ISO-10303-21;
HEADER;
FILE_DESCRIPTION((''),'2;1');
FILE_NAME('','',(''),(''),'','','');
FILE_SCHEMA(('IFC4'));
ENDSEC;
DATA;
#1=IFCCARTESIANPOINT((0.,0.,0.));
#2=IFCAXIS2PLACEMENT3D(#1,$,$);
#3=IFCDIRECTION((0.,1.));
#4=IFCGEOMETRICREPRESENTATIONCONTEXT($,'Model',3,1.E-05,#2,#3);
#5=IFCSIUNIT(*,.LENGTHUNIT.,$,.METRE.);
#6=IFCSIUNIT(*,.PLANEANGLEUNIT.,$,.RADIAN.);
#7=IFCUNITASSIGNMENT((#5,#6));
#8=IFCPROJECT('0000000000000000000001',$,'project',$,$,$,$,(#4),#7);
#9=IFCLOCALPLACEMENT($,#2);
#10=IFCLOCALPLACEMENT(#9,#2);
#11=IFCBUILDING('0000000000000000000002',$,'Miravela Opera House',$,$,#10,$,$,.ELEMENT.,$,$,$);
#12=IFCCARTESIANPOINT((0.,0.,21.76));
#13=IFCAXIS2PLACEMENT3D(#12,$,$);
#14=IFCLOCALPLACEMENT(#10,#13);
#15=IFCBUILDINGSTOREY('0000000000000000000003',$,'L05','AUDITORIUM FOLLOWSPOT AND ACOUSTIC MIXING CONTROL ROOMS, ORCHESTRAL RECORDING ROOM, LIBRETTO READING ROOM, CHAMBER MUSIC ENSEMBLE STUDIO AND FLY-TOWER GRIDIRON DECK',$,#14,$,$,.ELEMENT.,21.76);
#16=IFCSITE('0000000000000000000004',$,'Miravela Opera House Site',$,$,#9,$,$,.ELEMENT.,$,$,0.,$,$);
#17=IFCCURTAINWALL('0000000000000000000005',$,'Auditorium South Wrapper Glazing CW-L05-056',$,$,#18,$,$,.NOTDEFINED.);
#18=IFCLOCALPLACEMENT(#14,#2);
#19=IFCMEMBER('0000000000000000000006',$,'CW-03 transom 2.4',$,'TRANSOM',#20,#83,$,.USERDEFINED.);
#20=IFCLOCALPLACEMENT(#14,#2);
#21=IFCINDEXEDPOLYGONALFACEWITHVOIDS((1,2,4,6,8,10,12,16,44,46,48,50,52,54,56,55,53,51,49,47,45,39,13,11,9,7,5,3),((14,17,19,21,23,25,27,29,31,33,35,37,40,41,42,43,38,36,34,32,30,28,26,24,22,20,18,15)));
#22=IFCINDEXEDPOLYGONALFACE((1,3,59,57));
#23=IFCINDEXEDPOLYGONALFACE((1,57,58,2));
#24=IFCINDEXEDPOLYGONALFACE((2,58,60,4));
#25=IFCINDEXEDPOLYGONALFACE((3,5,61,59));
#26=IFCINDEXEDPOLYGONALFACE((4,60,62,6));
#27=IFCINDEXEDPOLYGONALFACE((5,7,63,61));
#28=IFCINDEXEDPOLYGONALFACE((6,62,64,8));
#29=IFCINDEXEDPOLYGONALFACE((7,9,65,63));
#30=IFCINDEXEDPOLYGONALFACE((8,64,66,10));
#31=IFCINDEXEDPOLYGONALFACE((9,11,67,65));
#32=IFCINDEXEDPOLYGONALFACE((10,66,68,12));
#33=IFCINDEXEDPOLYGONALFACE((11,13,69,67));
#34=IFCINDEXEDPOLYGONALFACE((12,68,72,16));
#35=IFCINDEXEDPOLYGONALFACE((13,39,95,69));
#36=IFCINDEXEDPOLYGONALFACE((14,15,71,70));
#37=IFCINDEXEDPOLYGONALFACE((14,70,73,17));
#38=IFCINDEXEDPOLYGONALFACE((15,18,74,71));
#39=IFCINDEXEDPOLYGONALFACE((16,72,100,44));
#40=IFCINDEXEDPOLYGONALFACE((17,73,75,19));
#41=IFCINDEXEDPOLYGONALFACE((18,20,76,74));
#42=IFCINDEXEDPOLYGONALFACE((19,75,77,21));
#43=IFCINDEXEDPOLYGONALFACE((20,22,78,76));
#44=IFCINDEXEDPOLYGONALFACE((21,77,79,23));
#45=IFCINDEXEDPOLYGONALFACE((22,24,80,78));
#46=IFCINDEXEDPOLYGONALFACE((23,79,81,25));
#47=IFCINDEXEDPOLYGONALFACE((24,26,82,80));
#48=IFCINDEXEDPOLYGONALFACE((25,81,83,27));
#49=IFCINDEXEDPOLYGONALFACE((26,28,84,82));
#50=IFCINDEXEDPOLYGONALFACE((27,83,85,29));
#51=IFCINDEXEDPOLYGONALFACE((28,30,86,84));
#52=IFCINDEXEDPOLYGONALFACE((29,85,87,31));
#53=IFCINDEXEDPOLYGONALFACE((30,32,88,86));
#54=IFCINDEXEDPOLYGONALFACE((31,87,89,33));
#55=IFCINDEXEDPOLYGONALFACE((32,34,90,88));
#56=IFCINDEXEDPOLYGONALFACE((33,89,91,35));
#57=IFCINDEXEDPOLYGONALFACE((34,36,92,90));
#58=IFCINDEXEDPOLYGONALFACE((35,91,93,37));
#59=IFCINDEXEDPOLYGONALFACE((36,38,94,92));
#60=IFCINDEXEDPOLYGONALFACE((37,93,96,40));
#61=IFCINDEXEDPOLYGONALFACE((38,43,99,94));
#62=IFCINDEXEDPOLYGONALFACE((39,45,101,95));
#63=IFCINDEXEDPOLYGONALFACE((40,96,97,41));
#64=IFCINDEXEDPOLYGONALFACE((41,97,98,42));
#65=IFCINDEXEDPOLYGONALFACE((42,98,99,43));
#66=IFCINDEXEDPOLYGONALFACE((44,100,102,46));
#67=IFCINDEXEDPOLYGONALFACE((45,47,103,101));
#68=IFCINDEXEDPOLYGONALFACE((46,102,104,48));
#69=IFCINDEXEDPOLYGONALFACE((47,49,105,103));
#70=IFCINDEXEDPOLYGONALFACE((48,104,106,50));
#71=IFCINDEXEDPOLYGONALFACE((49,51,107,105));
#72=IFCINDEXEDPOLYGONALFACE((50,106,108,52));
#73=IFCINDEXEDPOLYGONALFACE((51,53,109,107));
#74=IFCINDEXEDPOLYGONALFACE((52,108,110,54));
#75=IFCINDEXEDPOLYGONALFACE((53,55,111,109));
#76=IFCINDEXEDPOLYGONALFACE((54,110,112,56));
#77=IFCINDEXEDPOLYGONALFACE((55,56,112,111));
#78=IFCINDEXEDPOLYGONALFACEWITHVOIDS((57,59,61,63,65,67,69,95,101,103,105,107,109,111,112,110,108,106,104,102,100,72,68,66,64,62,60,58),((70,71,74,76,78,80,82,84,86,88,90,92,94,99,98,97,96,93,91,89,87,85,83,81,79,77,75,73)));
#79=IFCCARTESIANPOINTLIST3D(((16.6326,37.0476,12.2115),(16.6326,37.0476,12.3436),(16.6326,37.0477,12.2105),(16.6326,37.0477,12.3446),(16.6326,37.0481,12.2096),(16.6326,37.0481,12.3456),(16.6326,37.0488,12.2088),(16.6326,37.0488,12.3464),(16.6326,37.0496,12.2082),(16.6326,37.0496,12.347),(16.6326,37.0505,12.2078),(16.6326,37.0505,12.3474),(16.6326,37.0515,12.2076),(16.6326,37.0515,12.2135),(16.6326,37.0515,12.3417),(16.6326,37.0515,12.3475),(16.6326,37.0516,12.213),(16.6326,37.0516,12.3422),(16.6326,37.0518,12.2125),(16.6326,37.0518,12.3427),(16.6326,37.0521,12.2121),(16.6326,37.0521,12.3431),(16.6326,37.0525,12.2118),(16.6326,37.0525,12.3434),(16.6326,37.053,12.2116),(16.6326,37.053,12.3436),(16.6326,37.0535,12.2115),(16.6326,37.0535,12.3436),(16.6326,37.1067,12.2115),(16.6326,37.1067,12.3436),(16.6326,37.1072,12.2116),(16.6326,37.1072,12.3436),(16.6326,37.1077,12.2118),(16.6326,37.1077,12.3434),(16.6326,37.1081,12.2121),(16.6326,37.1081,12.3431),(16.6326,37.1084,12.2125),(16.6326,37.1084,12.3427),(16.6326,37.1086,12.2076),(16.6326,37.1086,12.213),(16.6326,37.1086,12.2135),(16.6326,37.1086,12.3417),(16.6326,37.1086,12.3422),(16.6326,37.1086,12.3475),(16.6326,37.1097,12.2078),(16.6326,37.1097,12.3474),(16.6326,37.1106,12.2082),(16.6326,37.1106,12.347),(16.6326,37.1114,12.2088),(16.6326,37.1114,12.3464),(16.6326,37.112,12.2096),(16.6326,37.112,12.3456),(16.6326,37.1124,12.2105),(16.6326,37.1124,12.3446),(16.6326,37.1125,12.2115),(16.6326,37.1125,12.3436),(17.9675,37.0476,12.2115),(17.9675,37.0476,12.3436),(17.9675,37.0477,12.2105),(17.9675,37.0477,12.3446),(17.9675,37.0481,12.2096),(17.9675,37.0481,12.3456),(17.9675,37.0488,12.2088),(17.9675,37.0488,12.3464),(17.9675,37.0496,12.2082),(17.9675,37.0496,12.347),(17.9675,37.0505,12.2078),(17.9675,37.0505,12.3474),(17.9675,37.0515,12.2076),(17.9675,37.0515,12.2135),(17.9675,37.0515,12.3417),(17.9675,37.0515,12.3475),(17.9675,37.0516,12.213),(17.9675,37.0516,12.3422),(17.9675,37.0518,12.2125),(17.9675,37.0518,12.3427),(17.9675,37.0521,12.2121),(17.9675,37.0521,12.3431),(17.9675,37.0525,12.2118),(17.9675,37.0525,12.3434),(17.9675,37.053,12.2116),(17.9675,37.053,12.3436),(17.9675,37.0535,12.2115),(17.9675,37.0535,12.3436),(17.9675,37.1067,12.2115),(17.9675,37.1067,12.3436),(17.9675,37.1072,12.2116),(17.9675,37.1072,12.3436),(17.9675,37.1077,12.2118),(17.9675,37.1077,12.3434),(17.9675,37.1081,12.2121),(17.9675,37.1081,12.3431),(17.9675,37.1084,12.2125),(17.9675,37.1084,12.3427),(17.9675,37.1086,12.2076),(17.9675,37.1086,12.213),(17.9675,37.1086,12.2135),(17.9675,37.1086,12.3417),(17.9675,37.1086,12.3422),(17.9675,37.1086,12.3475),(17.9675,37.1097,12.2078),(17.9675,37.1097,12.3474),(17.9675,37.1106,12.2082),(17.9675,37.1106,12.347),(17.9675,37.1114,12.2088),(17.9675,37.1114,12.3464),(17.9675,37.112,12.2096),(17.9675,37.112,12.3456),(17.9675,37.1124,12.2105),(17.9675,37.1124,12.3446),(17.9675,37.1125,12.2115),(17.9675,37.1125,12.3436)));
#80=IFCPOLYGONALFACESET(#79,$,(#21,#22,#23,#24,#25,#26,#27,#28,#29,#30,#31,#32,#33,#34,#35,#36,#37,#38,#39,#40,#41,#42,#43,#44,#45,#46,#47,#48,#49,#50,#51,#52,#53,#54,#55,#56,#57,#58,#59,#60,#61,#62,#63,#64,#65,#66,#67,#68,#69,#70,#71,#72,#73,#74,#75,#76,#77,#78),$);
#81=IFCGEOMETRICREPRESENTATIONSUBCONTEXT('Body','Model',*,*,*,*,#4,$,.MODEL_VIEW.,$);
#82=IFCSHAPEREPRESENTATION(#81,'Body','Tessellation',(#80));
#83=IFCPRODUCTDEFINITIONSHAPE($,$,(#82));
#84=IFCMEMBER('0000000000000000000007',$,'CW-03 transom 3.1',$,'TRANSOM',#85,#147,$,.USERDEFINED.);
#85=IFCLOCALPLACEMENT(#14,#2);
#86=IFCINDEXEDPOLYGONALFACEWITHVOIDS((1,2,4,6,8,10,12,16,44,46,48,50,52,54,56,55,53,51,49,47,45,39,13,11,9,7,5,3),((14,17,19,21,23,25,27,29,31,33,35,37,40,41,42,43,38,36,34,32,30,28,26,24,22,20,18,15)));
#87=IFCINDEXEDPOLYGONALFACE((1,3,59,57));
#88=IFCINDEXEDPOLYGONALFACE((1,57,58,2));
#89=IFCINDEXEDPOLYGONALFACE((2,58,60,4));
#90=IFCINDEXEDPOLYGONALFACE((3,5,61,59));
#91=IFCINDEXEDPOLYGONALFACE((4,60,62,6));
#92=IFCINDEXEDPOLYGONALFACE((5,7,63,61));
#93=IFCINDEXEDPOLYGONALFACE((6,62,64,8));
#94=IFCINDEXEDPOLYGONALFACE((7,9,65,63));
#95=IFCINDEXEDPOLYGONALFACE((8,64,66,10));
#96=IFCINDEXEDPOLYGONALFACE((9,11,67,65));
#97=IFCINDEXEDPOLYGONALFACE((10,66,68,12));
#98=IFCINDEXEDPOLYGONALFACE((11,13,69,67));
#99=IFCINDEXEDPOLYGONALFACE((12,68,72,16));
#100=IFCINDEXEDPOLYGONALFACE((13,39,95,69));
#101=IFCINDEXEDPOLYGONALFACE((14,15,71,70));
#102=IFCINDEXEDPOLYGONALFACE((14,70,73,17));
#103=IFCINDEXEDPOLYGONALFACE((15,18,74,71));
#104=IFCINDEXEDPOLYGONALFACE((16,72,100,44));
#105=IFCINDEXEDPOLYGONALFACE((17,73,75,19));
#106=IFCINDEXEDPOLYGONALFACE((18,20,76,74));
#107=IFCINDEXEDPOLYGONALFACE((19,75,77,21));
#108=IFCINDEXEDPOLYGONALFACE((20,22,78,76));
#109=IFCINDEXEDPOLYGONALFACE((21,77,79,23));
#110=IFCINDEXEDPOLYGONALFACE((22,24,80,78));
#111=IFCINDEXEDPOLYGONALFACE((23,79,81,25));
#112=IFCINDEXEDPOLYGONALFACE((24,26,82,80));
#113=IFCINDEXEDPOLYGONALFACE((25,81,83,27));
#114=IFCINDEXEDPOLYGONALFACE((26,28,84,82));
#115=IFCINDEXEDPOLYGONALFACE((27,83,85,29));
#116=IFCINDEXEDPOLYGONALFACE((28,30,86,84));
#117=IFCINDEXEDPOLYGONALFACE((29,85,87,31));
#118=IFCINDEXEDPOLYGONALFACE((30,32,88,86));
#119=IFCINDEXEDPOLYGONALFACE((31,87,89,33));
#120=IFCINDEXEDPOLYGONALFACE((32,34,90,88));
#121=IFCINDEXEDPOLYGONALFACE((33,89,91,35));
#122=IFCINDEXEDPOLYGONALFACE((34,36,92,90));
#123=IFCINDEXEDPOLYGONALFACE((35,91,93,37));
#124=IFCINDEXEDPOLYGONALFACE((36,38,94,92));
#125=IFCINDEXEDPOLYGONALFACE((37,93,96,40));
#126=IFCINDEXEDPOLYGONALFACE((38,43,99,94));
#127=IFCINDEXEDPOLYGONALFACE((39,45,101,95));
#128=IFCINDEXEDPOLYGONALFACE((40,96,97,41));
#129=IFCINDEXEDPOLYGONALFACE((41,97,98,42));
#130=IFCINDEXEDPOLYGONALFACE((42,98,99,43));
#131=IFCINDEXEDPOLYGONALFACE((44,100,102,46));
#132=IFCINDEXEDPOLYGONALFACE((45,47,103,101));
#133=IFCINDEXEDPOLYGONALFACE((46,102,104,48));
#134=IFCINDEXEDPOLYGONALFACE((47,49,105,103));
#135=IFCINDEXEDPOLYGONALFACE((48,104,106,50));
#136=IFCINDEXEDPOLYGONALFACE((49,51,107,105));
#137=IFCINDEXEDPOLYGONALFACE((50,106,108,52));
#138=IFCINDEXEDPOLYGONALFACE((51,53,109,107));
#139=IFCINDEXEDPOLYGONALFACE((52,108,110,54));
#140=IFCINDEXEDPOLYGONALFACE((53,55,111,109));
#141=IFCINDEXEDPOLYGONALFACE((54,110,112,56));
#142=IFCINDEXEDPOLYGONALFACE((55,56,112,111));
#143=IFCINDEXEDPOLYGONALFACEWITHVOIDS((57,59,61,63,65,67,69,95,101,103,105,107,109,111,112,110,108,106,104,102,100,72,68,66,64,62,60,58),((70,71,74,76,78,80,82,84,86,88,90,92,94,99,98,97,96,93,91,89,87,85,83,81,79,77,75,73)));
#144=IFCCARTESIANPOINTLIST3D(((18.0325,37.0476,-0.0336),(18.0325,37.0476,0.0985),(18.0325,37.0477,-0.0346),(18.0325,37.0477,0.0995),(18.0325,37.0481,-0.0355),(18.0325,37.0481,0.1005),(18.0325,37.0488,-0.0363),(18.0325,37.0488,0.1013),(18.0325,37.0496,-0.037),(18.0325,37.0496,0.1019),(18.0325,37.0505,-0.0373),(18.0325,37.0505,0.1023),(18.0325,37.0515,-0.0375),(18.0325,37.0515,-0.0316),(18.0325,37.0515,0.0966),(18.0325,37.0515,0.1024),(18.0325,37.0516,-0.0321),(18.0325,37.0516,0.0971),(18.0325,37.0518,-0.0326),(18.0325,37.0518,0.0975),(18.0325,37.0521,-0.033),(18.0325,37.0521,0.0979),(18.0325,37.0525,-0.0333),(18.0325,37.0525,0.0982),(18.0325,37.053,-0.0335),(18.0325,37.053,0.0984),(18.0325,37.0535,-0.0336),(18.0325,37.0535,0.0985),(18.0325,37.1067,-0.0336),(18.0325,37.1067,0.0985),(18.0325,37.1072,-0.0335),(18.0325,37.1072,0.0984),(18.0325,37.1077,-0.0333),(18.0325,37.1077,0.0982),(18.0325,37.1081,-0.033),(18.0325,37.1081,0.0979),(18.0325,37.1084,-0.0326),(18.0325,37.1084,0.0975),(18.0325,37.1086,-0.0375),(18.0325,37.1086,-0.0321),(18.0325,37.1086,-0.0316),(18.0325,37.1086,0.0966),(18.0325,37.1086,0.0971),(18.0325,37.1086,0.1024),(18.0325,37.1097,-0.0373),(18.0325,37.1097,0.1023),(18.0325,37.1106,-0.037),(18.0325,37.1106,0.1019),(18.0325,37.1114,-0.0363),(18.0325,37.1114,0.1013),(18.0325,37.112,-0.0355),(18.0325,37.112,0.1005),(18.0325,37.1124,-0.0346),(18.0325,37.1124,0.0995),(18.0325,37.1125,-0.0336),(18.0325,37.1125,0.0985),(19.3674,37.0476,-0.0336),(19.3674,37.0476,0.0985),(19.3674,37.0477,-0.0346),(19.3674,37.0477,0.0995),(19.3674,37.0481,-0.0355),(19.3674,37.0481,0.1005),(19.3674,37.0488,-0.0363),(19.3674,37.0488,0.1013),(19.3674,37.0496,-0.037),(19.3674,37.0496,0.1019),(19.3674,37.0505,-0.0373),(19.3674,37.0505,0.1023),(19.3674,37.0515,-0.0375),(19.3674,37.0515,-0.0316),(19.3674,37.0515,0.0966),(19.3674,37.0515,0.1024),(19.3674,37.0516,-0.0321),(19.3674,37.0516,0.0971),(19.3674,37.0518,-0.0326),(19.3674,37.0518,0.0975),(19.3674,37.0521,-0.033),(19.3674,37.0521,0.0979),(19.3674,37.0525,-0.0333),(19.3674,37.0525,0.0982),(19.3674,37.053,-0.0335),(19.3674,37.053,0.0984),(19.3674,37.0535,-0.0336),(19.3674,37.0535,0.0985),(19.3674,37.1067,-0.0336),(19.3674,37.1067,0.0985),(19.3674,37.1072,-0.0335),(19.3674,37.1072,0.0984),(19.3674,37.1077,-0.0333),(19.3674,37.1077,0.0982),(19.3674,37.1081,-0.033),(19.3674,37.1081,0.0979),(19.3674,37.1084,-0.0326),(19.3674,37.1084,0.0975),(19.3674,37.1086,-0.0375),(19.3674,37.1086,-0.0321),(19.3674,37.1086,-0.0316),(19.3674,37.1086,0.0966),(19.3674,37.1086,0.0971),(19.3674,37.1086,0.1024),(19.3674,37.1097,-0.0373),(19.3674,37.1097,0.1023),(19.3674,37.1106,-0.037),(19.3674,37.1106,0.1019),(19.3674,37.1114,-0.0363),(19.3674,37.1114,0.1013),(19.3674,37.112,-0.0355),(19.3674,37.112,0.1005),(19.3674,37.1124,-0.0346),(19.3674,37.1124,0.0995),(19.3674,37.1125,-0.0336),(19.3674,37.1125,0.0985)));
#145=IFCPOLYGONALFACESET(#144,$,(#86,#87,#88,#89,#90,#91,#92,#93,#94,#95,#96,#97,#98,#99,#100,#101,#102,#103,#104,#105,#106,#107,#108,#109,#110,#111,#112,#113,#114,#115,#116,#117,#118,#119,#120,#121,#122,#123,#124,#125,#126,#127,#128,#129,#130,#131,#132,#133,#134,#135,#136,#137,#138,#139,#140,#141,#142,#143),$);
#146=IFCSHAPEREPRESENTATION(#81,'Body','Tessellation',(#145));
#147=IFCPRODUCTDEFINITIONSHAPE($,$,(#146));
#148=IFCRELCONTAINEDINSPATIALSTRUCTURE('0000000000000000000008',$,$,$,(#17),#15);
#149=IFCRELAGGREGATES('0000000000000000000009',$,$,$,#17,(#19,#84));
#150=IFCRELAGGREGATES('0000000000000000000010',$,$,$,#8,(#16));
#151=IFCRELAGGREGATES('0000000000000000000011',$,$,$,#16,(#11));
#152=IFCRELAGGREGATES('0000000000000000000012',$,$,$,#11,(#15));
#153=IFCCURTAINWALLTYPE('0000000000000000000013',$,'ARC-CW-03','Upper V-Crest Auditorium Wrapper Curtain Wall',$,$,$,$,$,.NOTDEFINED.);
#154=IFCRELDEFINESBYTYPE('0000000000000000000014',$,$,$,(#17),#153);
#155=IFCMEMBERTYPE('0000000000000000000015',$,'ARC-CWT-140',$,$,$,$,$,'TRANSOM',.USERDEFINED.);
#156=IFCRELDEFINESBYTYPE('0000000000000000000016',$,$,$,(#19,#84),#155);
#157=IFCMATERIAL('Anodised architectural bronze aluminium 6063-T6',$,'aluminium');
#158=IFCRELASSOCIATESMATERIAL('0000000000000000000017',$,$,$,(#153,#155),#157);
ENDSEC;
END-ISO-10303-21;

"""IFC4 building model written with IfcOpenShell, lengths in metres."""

from ifc_helpers import new_model, si_unit, direction, frame, origin, origin_2d, place, context, subcontext, project, spatial, hollow_rectangle, extrude, material, material_profile, profile_set, type_object, element, aggregate, save


model = new_model("IFC4")

# Units and contexts
model_context = context("Model", 3, precision=1e-05, world=origin(), true_north=direction((0.0, 1.0)))
body_context = subcontext(model_context, "Body", "Model", "MODEL_VIEW")
ifc_project = project(units=[si_unit("LENGTHUNIT", "METRE"), si_unit("PLANEANGLEUNIT", "RADIAN")], contexts=[model_context])

# Site, building, storey
site_placement = place(None, origin())
site = spatial("IfcSite", under=ifc_project, at=site_placement, Name="Miravela Opera House Site", CompositionType="ELEMENT", RefElevation=0.0)
building_placement = place(site_placement, origin())
building = spatial("IfcBuilding", under=site, at=building_placement, Name="Miravela Opera House", CompositionType="ELEMENT")
storey_placement = place(building_placement, frame((0.0, 0.0, 21.76)))
storey = spatial("IfcBuildingStorey", under=building, at=storey_placement, Name="L05", Description="AUDITORIUM FOLLOWSPOT AND ACOUSTIC MIXING CONTROL ROOMS, ORCHESTRAL RECORDING ROOM, LIBRETTO READING ROOM, CHAMBER MUSIC ENSEMBLE STUDIO AND FLY-TOWER GRIDIRON DECK", CompositionType="ELEMENT", Elevation=21.76)

# Curtain wall, members
ifc_material_1 = material(Name="Anodised architectural bronze aluminium 6063-T6", Category="aluminium")
curtain_wall_type = type_object("IfcCurtainWallType", Name="ARC-CW-03", Description="Upper V-Crest Auditorium Wrapper Curtain Wall", PredefinedType="NOTDEFINED", material=ifc_material_1)
curtain_wall_placement = place(storey_placement, origin())
curtain_wall = element("IfcCurtainWall", 1, at=curtain_wall_placement, inside=storey, type_object=curtain_wall_type, Name="Auditorium South Wrapper Glazing CW-L05-056", PredefinedType="NOTDEFINED")
ifc_material_profile_1 = material_profile(ifc_material_1, hollow_rectangle(XDim=0.0649, YDim=0.1399, WallThickness=0.0039, InnerFilletRadius=0.002, OuterFilletRadius=0.0039, at=origin_2d()), Name="CWT-65X140")
ifc_profile_set_1 = profile_set([ifc_material_profile_1])
member_type_1 = type_object("IfcMemberType", Name="ARC-CWT-140", ElementType="TRANSOM", PredefinedType="USERDEFINED", material=ifc_profile_set_1)
member_1_placement = place(storey_placement, frame((16.6326, 37.0801, 12.2776), z_axis=(1.0, 0.0, 0.0), x_axis=(0.0, 1.0, 0.0)))
member_1 = element("IfcMember", 2, at=member_1_placement, type_object=member_type_1, Name="CW-03 transom 2.4", ObjectType="TRANSOM", PredefinedType="USERDEFINED", context=body_context, shape_type="SweptSolid", body=[
    extrude(hollow_rectangle(XDim=0.0649, YDim=0.1399, WallThickness=0.0039, InnerFilletRadius=0.002, OuterFilletRadius=0.0039, at=origin_2d()), origin(), (0.0, 0.0, 1.0), 1.335),
])
member_2_placement = place(storey_placement, frame((18.0325, 37.0801, 0.0325), z_axis=(1.0, 0.0, 0.0), x_axis=(0.0, 1.0, 0.0)))
member_2 = element("IfcMember", 3, at=member_2_placement, type_object=member_type_1, Name="CW-03 transom 3.1", ObjectType="TRANSOM", PredefinedType="USERDEFINED", context=body_context, shape_type="SweptSolid", body=[
    extrude(hollow_rectangle(XDim=0.0649, YDim=0.1399, WallThickness=0.0039, InnerFilletRadius=0.002, OuterFilletRadius=0.0039, at=origin_2d()), origin(), (0.0, 0.0, 1.0), 1.335),
])

aggregate(curtain_wall, [member_1, member_2])

save(model, "model.ifc")
